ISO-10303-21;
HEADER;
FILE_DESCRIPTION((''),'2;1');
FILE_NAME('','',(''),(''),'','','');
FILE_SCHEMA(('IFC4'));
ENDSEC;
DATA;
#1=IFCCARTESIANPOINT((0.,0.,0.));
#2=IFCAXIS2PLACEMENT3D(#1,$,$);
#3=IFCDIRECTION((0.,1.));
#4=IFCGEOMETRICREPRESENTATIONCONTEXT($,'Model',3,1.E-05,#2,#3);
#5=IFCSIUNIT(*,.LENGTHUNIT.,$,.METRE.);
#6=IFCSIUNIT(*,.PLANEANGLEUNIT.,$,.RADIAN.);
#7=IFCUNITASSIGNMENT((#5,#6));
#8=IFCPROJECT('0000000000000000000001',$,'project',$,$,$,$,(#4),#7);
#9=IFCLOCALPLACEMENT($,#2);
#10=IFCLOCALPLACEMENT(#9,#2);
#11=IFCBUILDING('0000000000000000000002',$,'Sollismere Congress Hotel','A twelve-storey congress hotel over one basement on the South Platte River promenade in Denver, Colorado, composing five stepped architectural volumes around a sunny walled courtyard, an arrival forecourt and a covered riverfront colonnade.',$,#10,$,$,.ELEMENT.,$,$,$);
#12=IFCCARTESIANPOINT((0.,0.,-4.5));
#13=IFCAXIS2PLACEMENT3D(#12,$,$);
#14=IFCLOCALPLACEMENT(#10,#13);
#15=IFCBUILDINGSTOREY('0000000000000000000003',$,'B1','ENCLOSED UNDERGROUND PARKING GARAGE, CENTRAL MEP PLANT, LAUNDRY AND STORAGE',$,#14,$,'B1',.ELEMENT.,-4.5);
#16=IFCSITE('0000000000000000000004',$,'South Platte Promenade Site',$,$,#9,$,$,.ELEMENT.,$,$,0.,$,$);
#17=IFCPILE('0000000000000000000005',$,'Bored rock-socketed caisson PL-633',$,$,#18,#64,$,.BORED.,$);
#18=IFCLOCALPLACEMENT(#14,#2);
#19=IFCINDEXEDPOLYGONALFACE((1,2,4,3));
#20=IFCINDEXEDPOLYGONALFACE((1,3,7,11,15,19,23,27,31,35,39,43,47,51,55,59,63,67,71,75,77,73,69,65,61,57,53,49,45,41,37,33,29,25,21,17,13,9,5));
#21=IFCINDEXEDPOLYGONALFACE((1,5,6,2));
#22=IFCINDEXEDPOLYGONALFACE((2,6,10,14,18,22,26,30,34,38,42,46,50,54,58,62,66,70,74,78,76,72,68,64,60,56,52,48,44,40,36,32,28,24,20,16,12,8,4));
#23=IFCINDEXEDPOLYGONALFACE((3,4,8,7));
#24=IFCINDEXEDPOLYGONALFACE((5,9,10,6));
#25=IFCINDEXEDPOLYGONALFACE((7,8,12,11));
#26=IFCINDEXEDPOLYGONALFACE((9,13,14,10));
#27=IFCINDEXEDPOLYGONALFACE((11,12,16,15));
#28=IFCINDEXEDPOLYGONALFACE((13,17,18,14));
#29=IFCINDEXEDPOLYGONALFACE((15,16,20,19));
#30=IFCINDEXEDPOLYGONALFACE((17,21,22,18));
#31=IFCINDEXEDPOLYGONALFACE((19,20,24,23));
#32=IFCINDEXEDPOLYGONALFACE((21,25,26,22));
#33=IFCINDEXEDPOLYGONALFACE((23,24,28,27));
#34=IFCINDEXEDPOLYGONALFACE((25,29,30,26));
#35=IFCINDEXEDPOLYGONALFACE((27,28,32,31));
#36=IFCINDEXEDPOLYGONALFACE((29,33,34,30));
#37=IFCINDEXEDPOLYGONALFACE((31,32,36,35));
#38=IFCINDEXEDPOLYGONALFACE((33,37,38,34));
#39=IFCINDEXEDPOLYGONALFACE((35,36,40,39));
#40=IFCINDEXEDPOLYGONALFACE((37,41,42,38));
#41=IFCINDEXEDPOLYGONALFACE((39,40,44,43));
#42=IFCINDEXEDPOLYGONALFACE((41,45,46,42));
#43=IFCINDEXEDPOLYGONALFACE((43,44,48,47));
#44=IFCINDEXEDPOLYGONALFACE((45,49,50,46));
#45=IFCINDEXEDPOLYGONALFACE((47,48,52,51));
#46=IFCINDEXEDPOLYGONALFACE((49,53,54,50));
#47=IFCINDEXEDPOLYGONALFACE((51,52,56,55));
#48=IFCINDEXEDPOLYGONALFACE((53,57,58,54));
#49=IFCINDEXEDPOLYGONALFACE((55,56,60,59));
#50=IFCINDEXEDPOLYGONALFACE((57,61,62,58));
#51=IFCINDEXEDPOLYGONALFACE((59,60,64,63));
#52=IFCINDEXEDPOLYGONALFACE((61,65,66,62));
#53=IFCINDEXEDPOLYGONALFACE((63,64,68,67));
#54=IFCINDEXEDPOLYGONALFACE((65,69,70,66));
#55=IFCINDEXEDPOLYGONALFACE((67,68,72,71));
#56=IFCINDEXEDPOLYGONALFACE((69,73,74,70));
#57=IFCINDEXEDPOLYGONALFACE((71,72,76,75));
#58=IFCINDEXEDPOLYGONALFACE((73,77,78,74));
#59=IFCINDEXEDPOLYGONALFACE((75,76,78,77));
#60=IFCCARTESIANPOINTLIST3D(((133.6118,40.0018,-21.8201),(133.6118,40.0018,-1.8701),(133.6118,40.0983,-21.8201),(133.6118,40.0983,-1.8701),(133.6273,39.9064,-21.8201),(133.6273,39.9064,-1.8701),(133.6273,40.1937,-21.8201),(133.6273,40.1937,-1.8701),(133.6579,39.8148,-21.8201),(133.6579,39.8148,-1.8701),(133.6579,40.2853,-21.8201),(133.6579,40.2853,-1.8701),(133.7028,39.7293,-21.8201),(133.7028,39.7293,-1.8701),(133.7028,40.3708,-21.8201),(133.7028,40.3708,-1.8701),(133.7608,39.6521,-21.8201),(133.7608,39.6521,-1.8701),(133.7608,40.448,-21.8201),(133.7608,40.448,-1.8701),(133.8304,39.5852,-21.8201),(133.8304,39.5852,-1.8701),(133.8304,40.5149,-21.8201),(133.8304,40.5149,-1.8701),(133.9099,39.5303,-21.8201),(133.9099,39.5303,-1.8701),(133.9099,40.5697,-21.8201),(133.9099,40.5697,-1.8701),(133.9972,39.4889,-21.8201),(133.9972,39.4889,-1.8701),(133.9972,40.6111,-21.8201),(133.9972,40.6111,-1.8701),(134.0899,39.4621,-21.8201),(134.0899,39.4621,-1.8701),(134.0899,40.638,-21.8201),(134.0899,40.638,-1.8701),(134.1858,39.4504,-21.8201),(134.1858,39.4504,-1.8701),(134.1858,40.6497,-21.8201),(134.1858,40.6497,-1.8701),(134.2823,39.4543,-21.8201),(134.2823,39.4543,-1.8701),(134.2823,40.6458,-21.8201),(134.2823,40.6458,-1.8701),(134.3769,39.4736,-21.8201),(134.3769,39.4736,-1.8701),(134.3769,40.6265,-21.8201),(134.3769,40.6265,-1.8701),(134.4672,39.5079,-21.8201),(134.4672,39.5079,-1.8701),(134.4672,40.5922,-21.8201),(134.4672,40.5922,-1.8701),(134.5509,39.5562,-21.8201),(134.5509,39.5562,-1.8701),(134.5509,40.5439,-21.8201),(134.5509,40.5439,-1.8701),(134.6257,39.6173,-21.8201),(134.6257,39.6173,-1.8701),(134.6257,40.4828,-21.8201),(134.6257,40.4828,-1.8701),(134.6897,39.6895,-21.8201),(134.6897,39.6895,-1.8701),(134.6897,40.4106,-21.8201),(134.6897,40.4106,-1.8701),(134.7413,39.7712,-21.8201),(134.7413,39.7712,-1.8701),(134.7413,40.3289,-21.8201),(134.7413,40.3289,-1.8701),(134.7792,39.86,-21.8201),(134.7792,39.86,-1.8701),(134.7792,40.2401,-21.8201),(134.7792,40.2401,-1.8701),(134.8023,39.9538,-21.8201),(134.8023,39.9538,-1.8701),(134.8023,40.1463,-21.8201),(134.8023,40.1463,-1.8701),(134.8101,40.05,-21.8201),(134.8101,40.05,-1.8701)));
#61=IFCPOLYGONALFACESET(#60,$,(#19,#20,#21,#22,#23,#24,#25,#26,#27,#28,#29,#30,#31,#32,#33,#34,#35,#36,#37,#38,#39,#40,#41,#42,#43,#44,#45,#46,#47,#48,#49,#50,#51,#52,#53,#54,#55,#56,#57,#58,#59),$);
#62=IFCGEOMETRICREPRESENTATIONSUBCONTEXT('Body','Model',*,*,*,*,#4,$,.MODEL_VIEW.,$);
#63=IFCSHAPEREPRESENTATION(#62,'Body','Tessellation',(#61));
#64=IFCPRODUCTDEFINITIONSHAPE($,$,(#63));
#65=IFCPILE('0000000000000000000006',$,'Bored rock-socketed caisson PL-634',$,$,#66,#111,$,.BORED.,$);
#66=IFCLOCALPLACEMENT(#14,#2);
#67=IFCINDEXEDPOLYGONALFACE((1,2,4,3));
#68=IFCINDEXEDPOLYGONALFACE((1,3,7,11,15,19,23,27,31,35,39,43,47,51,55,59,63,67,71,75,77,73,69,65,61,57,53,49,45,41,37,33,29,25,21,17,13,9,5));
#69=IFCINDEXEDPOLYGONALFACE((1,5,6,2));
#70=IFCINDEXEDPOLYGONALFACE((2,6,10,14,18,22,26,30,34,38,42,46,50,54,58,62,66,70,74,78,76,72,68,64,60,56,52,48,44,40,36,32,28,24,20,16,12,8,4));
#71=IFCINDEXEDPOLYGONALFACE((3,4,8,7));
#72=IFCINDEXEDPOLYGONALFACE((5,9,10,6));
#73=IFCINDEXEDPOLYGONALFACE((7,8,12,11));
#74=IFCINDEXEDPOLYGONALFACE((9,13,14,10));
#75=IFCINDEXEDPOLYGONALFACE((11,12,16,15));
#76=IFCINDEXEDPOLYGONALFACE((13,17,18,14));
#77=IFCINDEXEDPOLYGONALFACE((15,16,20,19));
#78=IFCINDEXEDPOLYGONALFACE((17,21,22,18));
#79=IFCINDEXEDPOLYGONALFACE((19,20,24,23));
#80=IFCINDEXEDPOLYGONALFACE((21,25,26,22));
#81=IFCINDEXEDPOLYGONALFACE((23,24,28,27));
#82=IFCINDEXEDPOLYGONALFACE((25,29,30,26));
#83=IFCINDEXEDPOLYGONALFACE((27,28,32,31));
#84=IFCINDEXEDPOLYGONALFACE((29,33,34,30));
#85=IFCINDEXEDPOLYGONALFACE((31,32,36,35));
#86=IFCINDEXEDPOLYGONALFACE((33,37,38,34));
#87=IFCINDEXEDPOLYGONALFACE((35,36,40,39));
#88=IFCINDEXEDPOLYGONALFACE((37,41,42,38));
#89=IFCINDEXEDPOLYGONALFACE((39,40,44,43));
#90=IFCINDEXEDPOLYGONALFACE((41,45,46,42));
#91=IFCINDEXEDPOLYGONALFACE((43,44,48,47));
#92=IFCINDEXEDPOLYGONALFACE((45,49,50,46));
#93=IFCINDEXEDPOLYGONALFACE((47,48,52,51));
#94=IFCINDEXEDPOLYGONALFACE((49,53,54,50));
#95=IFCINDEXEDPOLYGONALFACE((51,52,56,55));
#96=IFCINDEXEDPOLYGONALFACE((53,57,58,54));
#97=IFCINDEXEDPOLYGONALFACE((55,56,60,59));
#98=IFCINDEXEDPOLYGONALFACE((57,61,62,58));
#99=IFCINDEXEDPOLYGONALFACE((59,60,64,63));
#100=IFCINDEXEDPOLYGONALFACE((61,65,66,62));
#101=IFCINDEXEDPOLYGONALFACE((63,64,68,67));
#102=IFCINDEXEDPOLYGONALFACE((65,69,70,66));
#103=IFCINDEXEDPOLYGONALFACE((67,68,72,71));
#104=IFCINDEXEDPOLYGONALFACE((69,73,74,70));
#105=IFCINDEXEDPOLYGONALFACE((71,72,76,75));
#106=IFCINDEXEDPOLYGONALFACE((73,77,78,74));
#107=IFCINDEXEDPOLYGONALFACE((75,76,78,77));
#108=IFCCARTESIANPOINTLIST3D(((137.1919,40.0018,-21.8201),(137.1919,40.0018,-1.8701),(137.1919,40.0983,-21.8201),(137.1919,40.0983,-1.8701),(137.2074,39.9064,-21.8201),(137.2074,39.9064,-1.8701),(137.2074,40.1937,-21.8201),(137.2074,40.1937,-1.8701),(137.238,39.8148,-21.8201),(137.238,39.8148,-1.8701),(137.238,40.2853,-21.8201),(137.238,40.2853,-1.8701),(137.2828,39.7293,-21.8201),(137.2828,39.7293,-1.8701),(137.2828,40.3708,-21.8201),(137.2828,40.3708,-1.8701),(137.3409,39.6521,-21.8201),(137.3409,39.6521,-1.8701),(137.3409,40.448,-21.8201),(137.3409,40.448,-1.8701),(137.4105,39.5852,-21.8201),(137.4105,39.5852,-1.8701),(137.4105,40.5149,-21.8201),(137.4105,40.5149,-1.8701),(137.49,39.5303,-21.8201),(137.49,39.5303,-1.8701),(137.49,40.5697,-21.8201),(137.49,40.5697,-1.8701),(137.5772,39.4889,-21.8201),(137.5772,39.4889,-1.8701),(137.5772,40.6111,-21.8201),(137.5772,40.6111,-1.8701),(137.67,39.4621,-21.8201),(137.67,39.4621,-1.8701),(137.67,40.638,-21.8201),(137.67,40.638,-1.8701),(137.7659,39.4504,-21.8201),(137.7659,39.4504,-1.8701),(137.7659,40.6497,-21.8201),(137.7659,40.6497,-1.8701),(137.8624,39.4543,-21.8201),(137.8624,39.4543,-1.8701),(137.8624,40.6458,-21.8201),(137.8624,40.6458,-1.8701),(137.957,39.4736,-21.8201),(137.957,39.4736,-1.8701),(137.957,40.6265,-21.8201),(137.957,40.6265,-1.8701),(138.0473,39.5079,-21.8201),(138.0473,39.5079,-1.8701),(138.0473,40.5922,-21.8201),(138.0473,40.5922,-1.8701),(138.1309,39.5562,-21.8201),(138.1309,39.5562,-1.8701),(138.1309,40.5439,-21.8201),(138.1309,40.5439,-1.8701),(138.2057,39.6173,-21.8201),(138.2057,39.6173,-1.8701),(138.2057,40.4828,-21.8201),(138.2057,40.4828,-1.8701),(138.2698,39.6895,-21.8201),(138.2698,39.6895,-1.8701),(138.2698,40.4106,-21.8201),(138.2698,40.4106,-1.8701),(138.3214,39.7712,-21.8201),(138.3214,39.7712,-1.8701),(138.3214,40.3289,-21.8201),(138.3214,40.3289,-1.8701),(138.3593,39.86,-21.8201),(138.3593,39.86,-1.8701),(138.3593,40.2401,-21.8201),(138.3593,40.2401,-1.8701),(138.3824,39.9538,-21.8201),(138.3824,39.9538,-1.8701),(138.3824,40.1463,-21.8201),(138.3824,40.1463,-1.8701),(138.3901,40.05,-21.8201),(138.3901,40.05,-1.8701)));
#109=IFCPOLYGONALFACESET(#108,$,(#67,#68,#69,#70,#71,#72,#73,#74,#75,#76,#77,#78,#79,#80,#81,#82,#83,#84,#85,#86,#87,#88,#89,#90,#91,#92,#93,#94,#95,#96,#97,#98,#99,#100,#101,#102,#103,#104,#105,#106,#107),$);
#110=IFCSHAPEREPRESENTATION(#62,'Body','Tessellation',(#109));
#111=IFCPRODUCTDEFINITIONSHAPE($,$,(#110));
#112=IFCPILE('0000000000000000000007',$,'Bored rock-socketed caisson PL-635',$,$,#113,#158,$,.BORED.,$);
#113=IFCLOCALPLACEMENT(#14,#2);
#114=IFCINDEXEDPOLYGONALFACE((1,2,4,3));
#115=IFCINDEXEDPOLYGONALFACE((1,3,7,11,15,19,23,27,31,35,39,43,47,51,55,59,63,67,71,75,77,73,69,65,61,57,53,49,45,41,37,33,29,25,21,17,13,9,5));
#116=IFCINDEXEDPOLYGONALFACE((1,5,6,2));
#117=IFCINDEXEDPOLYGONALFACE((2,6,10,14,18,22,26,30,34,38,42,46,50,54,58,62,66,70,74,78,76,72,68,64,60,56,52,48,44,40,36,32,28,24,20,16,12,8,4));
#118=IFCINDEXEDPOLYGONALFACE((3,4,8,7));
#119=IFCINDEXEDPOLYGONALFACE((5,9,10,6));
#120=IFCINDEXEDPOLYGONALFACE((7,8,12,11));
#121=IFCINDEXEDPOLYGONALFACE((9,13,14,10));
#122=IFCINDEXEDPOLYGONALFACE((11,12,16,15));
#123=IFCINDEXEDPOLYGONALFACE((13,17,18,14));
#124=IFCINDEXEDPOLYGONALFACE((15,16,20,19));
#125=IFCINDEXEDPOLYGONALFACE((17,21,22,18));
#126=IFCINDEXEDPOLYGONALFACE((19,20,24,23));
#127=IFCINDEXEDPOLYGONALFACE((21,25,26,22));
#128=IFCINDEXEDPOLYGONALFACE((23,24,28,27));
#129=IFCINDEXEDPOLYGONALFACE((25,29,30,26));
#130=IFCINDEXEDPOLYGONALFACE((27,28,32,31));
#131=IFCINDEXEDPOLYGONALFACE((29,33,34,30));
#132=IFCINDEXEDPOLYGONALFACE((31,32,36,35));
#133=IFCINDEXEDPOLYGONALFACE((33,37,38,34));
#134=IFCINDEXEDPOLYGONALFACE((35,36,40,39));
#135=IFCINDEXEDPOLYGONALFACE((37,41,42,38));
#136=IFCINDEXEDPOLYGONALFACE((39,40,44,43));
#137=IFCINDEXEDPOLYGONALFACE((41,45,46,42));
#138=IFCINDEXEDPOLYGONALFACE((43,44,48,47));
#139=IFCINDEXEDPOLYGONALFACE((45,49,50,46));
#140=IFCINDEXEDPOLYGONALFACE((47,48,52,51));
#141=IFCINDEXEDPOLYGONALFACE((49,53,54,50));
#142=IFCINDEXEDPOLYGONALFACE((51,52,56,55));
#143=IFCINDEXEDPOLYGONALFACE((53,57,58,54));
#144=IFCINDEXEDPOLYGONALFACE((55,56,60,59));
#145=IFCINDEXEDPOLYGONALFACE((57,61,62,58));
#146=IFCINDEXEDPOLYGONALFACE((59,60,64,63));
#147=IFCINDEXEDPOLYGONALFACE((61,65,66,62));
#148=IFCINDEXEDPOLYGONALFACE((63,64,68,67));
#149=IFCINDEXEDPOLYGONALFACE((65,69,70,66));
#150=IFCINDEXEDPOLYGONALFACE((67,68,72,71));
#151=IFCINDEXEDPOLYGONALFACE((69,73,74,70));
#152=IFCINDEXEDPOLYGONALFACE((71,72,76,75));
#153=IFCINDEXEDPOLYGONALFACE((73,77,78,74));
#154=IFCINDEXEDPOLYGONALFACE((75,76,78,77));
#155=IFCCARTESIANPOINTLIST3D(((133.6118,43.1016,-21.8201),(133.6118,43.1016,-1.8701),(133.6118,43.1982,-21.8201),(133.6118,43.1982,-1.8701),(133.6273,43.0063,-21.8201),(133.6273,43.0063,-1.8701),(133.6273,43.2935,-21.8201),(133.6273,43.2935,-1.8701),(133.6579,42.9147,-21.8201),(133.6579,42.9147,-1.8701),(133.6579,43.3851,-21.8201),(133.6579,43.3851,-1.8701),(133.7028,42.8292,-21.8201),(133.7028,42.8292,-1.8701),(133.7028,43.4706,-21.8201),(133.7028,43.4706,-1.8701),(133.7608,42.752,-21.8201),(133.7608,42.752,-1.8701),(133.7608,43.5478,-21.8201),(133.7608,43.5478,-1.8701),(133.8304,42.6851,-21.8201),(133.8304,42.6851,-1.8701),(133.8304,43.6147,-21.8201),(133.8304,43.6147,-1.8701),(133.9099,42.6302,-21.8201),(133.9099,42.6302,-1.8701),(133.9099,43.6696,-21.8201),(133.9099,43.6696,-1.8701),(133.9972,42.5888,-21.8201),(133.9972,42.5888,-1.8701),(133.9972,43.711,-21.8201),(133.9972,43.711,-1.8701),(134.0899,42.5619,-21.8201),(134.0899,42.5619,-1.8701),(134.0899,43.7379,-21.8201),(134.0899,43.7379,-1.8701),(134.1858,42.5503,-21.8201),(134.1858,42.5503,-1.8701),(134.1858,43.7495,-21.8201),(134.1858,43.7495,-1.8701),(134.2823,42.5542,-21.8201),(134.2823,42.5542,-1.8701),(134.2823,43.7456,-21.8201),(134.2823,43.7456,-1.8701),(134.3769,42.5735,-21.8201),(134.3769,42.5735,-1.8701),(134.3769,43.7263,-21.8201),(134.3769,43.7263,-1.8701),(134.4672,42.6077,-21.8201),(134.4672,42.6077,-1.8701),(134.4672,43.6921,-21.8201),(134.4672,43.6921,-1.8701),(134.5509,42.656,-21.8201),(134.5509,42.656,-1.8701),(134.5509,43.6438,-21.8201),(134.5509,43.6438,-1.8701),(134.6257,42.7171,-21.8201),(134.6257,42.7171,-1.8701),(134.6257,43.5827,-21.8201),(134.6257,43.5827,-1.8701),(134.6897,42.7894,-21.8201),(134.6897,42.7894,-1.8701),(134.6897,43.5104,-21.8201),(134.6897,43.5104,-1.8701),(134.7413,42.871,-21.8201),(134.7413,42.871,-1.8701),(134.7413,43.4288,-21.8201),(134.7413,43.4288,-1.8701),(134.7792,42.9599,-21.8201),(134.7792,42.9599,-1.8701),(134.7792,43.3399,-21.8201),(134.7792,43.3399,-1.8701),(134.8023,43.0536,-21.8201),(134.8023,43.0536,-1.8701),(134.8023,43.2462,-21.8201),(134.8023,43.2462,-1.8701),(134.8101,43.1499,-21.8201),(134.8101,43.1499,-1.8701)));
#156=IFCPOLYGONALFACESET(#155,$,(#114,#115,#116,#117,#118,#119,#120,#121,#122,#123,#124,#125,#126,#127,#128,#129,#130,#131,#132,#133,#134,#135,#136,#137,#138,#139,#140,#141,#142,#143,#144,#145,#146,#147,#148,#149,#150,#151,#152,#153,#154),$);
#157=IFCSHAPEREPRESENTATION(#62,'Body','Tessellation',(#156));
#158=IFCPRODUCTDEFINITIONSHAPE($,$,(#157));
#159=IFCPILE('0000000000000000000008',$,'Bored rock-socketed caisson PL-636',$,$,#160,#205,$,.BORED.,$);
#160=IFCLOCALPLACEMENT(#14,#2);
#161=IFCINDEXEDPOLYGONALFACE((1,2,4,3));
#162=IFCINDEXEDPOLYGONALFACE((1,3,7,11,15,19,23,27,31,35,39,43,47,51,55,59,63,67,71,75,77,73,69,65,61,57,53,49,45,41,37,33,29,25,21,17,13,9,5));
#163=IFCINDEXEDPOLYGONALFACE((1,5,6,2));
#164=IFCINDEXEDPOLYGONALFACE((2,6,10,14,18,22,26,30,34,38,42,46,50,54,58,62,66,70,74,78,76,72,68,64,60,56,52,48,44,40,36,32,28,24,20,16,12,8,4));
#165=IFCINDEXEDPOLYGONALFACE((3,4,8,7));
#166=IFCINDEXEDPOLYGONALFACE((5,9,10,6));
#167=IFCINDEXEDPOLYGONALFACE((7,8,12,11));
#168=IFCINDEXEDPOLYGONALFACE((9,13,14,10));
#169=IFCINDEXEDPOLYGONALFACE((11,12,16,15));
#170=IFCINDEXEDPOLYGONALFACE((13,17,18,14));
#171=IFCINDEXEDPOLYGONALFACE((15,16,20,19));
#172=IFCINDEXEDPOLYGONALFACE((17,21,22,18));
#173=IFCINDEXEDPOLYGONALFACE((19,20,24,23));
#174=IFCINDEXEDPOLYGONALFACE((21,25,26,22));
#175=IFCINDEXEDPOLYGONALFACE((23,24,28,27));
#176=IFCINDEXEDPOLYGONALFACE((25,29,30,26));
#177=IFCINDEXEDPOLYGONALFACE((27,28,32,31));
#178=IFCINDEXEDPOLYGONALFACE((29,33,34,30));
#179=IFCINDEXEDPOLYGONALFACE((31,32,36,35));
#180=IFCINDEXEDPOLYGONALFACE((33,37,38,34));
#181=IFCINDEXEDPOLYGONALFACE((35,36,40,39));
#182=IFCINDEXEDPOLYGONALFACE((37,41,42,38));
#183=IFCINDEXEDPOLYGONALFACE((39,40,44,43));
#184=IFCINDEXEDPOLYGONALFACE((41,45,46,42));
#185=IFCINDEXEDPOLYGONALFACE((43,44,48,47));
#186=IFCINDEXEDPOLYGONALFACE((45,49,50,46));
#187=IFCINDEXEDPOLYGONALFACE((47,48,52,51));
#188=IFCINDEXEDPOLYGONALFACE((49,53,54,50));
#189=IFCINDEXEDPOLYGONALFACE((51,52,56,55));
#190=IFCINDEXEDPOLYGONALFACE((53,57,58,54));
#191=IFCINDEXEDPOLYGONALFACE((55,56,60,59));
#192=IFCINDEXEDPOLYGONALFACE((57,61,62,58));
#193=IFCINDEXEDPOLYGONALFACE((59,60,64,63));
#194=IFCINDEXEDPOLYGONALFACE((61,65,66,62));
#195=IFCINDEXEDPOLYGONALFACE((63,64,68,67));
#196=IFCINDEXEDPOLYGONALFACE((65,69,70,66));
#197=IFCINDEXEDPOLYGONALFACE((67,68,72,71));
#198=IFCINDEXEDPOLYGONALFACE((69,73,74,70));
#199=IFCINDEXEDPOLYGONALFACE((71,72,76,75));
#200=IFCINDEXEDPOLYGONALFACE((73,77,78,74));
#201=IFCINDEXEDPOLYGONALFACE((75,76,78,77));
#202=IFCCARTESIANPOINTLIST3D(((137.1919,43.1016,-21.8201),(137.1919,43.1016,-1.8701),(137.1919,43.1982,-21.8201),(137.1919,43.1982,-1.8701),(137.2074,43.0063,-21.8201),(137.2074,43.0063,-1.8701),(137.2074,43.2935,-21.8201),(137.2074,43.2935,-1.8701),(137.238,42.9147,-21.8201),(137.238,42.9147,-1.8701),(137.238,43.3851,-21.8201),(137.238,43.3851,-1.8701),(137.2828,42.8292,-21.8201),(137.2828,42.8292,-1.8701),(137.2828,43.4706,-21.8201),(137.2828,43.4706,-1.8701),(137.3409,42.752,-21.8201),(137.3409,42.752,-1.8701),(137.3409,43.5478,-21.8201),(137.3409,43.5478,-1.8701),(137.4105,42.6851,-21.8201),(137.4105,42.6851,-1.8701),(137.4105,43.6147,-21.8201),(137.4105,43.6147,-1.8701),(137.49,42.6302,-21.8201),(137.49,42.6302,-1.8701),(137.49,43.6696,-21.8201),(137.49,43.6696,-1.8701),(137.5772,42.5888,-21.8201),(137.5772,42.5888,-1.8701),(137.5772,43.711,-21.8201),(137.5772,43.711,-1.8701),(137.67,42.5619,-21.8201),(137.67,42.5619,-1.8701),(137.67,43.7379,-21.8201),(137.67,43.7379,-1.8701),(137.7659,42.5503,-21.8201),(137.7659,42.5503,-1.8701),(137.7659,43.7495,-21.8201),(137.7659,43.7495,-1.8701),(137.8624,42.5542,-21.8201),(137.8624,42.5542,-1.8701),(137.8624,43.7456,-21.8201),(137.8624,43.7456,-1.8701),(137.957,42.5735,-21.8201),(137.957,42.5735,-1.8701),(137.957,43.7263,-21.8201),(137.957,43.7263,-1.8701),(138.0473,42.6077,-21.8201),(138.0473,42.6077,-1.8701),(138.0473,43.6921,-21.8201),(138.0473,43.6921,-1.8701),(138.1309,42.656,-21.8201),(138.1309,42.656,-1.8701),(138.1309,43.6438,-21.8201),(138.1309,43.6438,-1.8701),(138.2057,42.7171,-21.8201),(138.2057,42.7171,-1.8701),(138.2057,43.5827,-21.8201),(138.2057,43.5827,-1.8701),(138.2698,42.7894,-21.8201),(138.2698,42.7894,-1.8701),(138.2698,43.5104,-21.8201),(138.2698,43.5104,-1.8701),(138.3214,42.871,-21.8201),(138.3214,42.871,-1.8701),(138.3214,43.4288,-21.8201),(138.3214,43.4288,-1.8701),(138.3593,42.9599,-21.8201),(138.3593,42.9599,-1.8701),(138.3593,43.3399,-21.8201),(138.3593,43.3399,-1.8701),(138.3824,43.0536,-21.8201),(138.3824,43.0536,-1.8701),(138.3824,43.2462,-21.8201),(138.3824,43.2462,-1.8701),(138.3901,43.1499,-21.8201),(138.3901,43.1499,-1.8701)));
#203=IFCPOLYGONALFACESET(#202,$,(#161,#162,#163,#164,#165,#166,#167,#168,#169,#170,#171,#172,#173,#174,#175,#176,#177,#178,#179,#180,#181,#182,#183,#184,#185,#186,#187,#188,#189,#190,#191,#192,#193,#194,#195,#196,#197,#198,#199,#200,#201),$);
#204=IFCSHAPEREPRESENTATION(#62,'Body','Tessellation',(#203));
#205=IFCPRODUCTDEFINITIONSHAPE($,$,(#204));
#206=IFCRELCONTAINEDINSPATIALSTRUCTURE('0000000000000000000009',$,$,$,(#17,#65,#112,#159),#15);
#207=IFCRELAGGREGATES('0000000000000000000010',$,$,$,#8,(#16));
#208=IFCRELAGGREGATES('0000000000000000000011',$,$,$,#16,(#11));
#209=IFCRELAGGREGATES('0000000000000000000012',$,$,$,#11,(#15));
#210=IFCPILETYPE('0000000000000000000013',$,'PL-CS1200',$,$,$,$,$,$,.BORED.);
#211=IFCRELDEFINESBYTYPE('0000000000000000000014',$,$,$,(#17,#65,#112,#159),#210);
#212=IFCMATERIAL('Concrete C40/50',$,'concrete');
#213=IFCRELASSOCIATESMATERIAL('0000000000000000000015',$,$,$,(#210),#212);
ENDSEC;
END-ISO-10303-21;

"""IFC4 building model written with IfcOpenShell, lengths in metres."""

from ifc_helpers import new_model, si_unit, direction, frame, origin, origin_2d, place, context, subcontext, project, spatial, circle, extrude, material, material_profile, profile_set, type_object, element, save


model = new_model("IFC4")

# Units and contexts
model_context = context("Model", 3, precision=1e-05, world=origin(), true_north=direction((0.0, 1.0)))
body_context = subcontext(model_context, "Body", "Model", "MODEL_VIEW")
ifc_project = project(units=[si_unit("LENGTHUNIT", "METRE"), si_unit("PLANEANGLEUNIT", "RADIAN")], contexts=[model_context])

# Site, building, storey
site_placement = place(None, origin())
site = spatial("IfcSite", under=ifc_project, at=site_placement, Name="South Platte Promenade Site", CompositionType="ELEMENT", RefElevation=0.0)
building_placement = place(site_placement, origin())
building = spatial("IfcBuilding", under=site, at=building_placement, Name="Sollismere Congress Hotel", Description="A twelve-storey congress hotel over one basement on the South Platte River promenade in Denver, Colorado, composing five stepped architectural volumes around a sunny walled courtyard, an arrival forecourt and a covered riverfront colonnade.", CompositionType="ELEMENT")
storey_placement = place(building_placement, frame((0.0, 0.0, -4.5)))
storey = spatial("IfcBuildingStorey", under=building, at=storey_placement, Name="B1", Description="ENCLOSED UNDERGROUND PARKING GARAGE, CENTRAL MEP PLANT, LAUNDRY AND STORAGE", LongName="B1", CompositionType="ELEMENT", Elevation=-4.5)

# Shared definitions
ifc_material_1 = material(Name="Concrete C40/50", Category="concrete")

# Piles
ifc_material_profile_1 = material_profile(ifc_material_1, circle(Radius=0.6001, at=origin_2d()), Name="CAISSON1200")
ifc_profile_set_1 = profile_set([ifc_material_profile_1], Name="Concrete C40/50")
pile_type = type_object("IfcPileType", Name="PL-CS1200", PredefinedType="BORED", material=ifc_profile_set_1)
for number, where, z_axis, x_axis, name in (
    (1, (134.21, 40.05, -1.8701), (0.0, 0.0, -1.0), (1.0, 0.0, 0.0), "Bored rock-socketed caisson PL-633"),
    (2, (137.79, 40.05, -1.8701), (0.0, 0.0, -1.0), (1.0, 0.0, 0.0), "Bored rock-socketed caisson PL-634"),
    (3, (134.21, 43.1499, -1.8701), (0.0, 0.0, -1.0), (1.0, 0.0, 0.0), "Bored rock-socketed caisson PL-635"),
    (4, (137.79, 43.1499, -1.8701), (0.0, 0.0, -1.0), (1.0, 0.0, 0.0), "Bored rock-socketed caisson PL-636"),
):
    element("IfcPile", number, at=place(storey_placement, frame(where, z_axis=z_axis, x_axis=x_axis)), inside=storey, type_object=pile_type, Name=name, PredefinedType="BORED", context=body_context, shape_type="SweptSolid", body=[
        extrude(circle(Radius=0.6001, at=origin_2d()), origin(), (0.0, 0.0, 1.0), 19.95),
    ])

save(model, "model.ifc")
